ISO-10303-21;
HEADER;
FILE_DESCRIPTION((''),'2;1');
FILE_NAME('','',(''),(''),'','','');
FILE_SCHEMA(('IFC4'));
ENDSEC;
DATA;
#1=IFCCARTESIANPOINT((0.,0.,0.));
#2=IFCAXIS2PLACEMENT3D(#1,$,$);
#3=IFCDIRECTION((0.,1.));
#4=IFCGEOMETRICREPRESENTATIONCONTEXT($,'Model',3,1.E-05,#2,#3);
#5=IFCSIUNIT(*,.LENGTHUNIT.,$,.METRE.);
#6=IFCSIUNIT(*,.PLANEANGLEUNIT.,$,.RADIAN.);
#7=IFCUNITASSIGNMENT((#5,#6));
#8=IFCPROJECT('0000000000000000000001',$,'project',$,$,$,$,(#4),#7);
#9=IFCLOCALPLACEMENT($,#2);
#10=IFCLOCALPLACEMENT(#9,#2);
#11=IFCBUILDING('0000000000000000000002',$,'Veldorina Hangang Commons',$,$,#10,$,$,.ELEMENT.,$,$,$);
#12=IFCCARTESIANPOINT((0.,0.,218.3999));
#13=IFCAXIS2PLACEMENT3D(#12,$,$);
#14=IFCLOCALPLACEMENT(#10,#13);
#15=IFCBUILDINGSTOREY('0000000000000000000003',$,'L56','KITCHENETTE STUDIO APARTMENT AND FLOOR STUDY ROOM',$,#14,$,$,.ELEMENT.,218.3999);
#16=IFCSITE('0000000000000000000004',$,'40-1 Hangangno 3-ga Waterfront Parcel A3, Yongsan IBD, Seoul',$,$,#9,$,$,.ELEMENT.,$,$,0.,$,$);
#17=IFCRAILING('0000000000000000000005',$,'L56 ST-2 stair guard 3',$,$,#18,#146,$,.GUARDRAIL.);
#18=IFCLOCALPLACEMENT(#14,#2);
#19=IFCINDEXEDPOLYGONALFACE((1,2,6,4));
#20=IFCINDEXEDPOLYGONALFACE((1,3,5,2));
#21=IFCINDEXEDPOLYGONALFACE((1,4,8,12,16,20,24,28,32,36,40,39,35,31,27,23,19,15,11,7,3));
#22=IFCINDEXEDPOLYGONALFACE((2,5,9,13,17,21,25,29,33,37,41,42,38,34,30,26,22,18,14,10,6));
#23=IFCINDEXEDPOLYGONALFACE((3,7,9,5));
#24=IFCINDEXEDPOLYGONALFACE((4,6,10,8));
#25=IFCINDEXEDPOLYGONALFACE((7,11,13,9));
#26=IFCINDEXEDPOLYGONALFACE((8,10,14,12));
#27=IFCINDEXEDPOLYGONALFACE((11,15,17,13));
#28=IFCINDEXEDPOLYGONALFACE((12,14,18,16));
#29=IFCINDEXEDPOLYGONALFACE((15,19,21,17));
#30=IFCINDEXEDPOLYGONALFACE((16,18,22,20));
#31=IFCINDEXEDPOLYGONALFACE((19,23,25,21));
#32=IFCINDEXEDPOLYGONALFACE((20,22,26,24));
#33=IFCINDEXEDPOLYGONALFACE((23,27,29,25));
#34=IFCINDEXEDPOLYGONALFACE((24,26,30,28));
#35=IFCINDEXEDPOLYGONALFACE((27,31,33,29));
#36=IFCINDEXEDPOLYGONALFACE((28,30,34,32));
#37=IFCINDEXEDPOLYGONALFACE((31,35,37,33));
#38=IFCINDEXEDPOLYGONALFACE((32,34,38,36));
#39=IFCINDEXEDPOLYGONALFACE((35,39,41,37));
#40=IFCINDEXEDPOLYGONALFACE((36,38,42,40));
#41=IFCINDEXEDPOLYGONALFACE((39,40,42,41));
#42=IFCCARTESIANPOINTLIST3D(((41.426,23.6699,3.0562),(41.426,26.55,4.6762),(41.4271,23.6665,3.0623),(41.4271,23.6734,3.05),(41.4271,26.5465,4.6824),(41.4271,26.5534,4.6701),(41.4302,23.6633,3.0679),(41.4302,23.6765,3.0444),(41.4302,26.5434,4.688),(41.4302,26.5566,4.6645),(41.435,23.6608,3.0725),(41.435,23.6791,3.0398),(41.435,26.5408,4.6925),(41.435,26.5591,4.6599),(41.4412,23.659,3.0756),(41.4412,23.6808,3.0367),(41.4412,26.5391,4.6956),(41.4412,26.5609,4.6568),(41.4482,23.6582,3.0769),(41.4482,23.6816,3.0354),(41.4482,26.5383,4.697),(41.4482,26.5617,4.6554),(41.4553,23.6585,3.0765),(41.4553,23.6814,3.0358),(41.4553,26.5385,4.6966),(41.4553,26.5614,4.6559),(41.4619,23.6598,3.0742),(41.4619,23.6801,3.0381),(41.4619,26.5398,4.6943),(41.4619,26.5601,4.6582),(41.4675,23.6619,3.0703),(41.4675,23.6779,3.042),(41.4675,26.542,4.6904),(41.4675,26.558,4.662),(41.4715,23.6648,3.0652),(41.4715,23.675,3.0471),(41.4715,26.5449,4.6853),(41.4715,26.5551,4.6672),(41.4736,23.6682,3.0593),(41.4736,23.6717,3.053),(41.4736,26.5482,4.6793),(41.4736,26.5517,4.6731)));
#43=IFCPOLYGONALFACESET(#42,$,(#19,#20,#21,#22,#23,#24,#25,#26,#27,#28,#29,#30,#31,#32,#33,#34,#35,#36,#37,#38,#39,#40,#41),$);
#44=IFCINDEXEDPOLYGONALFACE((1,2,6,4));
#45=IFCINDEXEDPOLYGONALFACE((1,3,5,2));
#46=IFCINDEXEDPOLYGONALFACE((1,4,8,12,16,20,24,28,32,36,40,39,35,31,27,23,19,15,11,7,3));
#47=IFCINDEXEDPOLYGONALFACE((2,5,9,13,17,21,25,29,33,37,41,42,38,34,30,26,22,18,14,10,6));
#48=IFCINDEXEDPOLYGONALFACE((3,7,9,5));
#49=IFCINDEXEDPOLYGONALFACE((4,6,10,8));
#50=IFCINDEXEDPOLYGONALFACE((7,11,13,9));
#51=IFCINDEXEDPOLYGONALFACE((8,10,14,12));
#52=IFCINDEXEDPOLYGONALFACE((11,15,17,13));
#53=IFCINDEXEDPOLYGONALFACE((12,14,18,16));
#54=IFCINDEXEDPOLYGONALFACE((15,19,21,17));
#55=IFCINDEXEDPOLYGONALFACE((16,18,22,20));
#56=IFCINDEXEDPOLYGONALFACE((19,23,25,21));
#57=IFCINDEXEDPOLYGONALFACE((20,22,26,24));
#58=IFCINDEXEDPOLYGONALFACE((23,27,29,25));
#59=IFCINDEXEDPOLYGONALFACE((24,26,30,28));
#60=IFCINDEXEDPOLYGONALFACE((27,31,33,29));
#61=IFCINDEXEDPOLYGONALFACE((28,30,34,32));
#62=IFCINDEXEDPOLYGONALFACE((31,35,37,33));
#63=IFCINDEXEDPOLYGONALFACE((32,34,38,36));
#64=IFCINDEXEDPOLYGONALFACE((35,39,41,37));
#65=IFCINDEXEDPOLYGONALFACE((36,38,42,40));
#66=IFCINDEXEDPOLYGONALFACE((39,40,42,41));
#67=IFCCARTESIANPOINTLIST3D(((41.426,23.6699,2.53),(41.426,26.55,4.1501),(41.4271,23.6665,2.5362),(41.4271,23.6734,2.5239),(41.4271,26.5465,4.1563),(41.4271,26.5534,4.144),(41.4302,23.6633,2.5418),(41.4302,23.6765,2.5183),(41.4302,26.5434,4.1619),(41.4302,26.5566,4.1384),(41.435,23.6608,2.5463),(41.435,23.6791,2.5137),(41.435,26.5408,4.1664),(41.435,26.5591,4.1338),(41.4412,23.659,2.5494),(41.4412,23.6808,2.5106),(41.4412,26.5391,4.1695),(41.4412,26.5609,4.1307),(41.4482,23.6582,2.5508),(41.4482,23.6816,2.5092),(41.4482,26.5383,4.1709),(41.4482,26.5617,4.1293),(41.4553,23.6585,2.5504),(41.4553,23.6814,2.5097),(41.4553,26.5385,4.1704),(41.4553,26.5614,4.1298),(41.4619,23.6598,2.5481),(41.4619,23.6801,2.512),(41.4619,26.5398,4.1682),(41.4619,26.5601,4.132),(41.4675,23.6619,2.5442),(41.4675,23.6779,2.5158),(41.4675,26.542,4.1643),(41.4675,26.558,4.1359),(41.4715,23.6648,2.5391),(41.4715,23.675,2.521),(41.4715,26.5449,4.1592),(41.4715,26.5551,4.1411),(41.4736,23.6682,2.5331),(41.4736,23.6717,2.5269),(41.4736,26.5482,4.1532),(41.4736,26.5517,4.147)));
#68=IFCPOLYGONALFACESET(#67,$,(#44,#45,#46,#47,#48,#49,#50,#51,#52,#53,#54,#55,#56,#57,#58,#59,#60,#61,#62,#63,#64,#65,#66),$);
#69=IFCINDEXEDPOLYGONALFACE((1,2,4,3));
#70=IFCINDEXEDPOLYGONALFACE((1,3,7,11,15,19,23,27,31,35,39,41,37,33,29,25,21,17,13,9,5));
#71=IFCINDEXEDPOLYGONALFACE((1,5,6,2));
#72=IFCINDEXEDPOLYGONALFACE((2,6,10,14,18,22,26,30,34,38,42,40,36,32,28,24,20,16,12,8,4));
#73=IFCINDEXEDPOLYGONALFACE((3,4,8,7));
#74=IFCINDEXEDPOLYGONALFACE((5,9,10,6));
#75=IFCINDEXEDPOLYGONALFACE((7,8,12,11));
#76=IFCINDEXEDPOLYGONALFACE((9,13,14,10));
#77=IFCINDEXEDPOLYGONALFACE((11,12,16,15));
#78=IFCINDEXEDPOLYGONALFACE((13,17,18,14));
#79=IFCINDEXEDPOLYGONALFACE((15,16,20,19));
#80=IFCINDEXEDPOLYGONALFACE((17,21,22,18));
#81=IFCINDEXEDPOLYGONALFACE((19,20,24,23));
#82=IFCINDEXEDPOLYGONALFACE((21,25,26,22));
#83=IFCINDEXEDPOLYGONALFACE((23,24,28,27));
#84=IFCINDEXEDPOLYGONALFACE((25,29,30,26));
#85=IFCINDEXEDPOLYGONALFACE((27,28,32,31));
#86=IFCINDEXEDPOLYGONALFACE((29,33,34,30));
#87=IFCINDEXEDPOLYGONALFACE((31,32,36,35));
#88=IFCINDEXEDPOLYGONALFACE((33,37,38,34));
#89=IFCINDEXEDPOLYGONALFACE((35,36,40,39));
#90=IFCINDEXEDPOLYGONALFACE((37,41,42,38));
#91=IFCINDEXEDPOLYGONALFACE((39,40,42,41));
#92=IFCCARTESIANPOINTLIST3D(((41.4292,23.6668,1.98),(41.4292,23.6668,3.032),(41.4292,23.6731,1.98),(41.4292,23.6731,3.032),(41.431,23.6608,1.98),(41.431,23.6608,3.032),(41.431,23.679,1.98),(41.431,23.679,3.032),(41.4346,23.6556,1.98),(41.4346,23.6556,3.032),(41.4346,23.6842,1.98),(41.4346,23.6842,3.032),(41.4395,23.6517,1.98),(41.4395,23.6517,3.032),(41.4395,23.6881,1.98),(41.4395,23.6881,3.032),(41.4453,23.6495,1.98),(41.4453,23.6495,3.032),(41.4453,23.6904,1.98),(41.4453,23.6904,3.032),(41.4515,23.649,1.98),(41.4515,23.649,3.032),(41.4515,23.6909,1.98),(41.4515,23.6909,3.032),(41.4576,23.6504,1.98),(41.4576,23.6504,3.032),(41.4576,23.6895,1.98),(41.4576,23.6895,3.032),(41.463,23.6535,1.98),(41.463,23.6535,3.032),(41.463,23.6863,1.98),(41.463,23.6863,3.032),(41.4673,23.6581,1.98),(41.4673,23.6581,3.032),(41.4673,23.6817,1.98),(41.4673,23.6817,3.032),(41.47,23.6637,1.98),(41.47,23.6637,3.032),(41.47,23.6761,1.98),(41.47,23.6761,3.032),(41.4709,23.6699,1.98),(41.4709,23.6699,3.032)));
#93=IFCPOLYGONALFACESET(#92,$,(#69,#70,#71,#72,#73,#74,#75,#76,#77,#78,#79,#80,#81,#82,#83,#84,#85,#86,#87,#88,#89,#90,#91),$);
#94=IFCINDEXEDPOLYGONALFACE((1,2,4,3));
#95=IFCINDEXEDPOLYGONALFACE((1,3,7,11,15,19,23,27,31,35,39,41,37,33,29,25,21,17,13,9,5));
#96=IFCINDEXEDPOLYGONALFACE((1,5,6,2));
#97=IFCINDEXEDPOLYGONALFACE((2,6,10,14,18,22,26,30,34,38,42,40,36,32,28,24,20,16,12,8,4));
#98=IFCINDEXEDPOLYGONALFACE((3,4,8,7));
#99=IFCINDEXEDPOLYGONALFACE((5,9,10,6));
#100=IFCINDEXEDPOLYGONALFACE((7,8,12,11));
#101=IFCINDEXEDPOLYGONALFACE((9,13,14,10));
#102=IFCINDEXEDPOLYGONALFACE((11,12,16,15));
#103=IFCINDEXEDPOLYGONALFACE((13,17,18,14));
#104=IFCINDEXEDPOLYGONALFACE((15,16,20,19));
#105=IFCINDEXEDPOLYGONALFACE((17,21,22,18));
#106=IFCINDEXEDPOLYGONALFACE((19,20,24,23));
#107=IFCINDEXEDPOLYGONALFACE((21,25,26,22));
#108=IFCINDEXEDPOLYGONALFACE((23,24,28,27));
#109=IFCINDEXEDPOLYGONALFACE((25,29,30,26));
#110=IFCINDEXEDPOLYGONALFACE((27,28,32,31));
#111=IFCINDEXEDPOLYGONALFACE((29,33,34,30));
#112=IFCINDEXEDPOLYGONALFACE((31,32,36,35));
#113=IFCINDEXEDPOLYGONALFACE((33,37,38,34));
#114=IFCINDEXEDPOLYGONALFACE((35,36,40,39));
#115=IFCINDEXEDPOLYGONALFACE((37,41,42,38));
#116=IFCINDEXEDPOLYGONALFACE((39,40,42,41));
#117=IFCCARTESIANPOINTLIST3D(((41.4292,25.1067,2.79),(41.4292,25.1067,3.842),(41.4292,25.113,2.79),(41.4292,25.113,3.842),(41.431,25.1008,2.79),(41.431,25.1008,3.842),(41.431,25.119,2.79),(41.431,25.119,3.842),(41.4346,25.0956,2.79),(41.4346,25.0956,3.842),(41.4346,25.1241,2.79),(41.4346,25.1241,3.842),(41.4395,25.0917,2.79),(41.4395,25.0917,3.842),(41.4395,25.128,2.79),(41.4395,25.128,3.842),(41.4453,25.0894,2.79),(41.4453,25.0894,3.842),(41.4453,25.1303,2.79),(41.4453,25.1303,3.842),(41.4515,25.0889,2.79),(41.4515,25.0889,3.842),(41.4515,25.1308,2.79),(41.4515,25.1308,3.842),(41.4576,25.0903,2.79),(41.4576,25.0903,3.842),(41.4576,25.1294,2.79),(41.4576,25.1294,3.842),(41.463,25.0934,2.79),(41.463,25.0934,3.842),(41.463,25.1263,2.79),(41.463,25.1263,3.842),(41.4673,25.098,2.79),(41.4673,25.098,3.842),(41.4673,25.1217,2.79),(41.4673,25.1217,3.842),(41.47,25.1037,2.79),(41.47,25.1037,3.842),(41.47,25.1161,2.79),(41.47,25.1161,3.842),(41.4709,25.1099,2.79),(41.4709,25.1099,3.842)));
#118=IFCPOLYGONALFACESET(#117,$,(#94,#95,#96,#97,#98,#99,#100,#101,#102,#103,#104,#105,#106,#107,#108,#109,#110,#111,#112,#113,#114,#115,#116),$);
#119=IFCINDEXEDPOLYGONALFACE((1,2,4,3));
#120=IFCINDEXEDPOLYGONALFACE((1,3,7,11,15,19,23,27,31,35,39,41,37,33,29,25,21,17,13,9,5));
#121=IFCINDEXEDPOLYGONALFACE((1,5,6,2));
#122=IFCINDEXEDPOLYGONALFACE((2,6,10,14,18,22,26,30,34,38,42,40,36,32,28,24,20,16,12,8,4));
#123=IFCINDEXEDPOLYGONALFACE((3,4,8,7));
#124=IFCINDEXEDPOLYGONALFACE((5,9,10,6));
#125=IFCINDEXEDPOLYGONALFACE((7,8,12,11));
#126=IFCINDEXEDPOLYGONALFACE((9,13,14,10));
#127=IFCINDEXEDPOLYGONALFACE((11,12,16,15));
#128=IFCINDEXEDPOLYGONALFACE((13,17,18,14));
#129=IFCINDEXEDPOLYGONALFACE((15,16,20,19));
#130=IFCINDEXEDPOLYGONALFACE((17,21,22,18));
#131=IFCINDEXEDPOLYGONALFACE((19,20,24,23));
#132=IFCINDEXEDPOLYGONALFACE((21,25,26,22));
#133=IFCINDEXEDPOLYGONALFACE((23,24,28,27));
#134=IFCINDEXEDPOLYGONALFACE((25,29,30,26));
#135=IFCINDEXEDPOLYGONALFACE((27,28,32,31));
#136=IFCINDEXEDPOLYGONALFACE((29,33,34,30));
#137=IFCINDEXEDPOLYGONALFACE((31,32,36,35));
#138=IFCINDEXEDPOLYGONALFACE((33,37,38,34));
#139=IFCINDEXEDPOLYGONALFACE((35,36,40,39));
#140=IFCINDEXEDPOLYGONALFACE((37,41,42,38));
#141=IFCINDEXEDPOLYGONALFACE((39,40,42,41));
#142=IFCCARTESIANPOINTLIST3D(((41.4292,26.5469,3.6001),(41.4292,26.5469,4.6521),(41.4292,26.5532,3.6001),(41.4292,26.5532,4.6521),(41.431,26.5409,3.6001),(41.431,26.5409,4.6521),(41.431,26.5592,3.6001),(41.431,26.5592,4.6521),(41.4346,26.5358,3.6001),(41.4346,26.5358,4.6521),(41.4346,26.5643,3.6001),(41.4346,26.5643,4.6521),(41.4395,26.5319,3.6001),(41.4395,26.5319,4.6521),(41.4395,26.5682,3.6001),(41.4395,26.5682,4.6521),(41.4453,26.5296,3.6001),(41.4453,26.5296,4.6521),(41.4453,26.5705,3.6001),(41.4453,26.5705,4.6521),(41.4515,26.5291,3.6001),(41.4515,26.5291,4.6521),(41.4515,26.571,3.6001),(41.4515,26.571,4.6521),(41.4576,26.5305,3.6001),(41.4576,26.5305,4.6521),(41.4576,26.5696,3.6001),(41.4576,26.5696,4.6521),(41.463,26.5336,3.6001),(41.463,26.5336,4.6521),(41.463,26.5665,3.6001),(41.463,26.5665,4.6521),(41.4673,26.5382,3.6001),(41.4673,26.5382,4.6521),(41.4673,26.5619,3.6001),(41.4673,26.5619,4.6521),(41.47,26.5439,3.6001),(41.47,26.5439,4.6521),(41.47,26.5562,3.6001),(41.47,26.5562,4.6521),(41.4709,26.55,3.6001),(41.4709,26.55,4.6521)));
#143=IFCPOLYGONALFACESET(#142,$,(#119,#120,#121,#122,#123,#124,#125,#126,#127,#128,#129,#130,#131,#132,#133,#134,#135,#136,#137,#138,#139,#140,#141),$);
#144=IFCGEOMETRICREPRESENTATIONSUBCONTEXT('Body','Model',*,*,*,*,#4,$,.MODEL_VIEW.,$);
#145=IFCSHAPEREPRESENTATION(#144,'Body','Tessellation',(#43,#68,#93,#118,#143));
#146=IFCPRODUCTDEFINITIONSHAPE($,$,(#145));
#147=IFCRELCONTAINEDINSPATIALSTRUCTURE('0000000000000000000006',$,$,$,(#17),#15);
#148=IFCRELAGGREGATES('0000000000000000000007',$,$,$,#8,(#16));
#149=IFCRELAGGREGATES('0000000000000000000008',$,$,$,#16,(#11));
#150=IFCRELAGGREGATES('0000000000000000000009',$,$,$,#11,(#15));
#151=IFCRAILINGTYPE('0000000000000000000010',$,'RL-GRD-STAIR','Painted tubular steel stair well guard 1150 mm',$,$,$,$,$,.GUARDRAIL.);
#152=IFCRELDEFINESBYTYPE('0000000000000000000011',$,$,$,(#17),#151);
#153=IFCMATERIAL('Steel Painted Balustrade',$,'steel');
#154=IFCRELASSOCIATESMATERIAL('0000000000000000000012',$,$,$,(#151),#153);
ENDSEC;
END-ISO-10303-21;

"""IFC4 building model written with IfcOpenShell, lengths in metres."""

from ifc_helpers import new_model, si_unit, direction, frame, origin, origin_2d, place, context, subcontext, project, spatial, circle, extrude, material, type_object, element, save


model = new_model("IFC4")

# Units and contexts
model_context = context("Model", 3, precision=1e-05, world=origin(), true_north=direction((0.0, 1.0)))
body_context = subcontext(model_context, "Body", "Model", "MODEL_VIEW")
ifc_project = project(units=[si_unit("LENGTHUNIT", "METRE"), si_unit("PLANEANGLEUNIT", "RADIAN")], contexts=[model_context])

# Site, building, storey
site_placement = place(None, origin())
site = spatial("IfcSite", under=ifc_project, at=site_placement, Name="40-1 Hangangno 3-ga Waterfront Parcel A3, Yongsan IBD, Seoul", CompositionType="ELEMENT", RefElevation=0.0)
building_placement = place(site_placement, origin())
building = spatial("IfcBuilding", under=site, at=building_placement, Name="Veldorina Hangang Commons", CompositionType="ELEMENT")
storey_placement = place(building_placement, frame((0.0, 0.0, 218.3999)))
storey = spatial("IfcBuildingStorey", under=building, at=storey_placement, Name="L56", Description="KITCHENETTE STUDIO APARTMENT AND FLOOR STUDY ROOM", CompositionType="ELEMENT", Elevation=218.3999)

# Railing
ifc_material_1 = material(Name="Steel Painted Balustrade", Category="steel")
railing_type_1 = type_object("IfcRailingType", Name="RL-GRD-STAIR", Description="Painted tubular steel stair well guard 1150 mm", PredefinedType="GUARDRAIL", material=ifc_material_1)
railing_1_placement = place(storey_placement, frame((41.45, 23.6699, 1.98)))
element("IfcRailing", 1, at=railing_1_placement, inside=storey, type_object=railing_type_1, Name="L56 ST-2 stair guard 3", PredefinedType="GUARDRAIL", context=body_context, shape_type="SweptSolid", body=[
    extrude(circle(Radius=0.0239, at=origin_2d()), frame((0.0, 0.0, 1.0762), z_axis=(0.0, 0.87157, 0.490272), x_axis=(-1.0, 0.0, 0.0)), (0.0, 0.0, 1.0), 3.3044),
    extrude(circle(Radius=0.0239, at=origin_2d()), frame((0.0, 0.0, 0.55), z_axis=(0.0, 0.87157, 0.490272), x_axis=(-1.0, 0.0, 0.0)), (0.0, 0.0, 1.0), 3.3044),
    extrude(circle(Radius=0.021, at=origin_2d()), origin(), (0.0, 0.0, 1.0), 1.052),
    extrude(circle(Radius=0.021, at=origin_2d()), frame((0.0, 1.4399, 0.8101)), (0.0, 0.0, 1.0), 1.052),
    extrude(circle(Radius=0.021, at=origin_2d()), frame((0.0, 2.8801, 1.6201)), (0.0, 0.0, 1.0), 1.052),
])

save(model, "model.ifc")
